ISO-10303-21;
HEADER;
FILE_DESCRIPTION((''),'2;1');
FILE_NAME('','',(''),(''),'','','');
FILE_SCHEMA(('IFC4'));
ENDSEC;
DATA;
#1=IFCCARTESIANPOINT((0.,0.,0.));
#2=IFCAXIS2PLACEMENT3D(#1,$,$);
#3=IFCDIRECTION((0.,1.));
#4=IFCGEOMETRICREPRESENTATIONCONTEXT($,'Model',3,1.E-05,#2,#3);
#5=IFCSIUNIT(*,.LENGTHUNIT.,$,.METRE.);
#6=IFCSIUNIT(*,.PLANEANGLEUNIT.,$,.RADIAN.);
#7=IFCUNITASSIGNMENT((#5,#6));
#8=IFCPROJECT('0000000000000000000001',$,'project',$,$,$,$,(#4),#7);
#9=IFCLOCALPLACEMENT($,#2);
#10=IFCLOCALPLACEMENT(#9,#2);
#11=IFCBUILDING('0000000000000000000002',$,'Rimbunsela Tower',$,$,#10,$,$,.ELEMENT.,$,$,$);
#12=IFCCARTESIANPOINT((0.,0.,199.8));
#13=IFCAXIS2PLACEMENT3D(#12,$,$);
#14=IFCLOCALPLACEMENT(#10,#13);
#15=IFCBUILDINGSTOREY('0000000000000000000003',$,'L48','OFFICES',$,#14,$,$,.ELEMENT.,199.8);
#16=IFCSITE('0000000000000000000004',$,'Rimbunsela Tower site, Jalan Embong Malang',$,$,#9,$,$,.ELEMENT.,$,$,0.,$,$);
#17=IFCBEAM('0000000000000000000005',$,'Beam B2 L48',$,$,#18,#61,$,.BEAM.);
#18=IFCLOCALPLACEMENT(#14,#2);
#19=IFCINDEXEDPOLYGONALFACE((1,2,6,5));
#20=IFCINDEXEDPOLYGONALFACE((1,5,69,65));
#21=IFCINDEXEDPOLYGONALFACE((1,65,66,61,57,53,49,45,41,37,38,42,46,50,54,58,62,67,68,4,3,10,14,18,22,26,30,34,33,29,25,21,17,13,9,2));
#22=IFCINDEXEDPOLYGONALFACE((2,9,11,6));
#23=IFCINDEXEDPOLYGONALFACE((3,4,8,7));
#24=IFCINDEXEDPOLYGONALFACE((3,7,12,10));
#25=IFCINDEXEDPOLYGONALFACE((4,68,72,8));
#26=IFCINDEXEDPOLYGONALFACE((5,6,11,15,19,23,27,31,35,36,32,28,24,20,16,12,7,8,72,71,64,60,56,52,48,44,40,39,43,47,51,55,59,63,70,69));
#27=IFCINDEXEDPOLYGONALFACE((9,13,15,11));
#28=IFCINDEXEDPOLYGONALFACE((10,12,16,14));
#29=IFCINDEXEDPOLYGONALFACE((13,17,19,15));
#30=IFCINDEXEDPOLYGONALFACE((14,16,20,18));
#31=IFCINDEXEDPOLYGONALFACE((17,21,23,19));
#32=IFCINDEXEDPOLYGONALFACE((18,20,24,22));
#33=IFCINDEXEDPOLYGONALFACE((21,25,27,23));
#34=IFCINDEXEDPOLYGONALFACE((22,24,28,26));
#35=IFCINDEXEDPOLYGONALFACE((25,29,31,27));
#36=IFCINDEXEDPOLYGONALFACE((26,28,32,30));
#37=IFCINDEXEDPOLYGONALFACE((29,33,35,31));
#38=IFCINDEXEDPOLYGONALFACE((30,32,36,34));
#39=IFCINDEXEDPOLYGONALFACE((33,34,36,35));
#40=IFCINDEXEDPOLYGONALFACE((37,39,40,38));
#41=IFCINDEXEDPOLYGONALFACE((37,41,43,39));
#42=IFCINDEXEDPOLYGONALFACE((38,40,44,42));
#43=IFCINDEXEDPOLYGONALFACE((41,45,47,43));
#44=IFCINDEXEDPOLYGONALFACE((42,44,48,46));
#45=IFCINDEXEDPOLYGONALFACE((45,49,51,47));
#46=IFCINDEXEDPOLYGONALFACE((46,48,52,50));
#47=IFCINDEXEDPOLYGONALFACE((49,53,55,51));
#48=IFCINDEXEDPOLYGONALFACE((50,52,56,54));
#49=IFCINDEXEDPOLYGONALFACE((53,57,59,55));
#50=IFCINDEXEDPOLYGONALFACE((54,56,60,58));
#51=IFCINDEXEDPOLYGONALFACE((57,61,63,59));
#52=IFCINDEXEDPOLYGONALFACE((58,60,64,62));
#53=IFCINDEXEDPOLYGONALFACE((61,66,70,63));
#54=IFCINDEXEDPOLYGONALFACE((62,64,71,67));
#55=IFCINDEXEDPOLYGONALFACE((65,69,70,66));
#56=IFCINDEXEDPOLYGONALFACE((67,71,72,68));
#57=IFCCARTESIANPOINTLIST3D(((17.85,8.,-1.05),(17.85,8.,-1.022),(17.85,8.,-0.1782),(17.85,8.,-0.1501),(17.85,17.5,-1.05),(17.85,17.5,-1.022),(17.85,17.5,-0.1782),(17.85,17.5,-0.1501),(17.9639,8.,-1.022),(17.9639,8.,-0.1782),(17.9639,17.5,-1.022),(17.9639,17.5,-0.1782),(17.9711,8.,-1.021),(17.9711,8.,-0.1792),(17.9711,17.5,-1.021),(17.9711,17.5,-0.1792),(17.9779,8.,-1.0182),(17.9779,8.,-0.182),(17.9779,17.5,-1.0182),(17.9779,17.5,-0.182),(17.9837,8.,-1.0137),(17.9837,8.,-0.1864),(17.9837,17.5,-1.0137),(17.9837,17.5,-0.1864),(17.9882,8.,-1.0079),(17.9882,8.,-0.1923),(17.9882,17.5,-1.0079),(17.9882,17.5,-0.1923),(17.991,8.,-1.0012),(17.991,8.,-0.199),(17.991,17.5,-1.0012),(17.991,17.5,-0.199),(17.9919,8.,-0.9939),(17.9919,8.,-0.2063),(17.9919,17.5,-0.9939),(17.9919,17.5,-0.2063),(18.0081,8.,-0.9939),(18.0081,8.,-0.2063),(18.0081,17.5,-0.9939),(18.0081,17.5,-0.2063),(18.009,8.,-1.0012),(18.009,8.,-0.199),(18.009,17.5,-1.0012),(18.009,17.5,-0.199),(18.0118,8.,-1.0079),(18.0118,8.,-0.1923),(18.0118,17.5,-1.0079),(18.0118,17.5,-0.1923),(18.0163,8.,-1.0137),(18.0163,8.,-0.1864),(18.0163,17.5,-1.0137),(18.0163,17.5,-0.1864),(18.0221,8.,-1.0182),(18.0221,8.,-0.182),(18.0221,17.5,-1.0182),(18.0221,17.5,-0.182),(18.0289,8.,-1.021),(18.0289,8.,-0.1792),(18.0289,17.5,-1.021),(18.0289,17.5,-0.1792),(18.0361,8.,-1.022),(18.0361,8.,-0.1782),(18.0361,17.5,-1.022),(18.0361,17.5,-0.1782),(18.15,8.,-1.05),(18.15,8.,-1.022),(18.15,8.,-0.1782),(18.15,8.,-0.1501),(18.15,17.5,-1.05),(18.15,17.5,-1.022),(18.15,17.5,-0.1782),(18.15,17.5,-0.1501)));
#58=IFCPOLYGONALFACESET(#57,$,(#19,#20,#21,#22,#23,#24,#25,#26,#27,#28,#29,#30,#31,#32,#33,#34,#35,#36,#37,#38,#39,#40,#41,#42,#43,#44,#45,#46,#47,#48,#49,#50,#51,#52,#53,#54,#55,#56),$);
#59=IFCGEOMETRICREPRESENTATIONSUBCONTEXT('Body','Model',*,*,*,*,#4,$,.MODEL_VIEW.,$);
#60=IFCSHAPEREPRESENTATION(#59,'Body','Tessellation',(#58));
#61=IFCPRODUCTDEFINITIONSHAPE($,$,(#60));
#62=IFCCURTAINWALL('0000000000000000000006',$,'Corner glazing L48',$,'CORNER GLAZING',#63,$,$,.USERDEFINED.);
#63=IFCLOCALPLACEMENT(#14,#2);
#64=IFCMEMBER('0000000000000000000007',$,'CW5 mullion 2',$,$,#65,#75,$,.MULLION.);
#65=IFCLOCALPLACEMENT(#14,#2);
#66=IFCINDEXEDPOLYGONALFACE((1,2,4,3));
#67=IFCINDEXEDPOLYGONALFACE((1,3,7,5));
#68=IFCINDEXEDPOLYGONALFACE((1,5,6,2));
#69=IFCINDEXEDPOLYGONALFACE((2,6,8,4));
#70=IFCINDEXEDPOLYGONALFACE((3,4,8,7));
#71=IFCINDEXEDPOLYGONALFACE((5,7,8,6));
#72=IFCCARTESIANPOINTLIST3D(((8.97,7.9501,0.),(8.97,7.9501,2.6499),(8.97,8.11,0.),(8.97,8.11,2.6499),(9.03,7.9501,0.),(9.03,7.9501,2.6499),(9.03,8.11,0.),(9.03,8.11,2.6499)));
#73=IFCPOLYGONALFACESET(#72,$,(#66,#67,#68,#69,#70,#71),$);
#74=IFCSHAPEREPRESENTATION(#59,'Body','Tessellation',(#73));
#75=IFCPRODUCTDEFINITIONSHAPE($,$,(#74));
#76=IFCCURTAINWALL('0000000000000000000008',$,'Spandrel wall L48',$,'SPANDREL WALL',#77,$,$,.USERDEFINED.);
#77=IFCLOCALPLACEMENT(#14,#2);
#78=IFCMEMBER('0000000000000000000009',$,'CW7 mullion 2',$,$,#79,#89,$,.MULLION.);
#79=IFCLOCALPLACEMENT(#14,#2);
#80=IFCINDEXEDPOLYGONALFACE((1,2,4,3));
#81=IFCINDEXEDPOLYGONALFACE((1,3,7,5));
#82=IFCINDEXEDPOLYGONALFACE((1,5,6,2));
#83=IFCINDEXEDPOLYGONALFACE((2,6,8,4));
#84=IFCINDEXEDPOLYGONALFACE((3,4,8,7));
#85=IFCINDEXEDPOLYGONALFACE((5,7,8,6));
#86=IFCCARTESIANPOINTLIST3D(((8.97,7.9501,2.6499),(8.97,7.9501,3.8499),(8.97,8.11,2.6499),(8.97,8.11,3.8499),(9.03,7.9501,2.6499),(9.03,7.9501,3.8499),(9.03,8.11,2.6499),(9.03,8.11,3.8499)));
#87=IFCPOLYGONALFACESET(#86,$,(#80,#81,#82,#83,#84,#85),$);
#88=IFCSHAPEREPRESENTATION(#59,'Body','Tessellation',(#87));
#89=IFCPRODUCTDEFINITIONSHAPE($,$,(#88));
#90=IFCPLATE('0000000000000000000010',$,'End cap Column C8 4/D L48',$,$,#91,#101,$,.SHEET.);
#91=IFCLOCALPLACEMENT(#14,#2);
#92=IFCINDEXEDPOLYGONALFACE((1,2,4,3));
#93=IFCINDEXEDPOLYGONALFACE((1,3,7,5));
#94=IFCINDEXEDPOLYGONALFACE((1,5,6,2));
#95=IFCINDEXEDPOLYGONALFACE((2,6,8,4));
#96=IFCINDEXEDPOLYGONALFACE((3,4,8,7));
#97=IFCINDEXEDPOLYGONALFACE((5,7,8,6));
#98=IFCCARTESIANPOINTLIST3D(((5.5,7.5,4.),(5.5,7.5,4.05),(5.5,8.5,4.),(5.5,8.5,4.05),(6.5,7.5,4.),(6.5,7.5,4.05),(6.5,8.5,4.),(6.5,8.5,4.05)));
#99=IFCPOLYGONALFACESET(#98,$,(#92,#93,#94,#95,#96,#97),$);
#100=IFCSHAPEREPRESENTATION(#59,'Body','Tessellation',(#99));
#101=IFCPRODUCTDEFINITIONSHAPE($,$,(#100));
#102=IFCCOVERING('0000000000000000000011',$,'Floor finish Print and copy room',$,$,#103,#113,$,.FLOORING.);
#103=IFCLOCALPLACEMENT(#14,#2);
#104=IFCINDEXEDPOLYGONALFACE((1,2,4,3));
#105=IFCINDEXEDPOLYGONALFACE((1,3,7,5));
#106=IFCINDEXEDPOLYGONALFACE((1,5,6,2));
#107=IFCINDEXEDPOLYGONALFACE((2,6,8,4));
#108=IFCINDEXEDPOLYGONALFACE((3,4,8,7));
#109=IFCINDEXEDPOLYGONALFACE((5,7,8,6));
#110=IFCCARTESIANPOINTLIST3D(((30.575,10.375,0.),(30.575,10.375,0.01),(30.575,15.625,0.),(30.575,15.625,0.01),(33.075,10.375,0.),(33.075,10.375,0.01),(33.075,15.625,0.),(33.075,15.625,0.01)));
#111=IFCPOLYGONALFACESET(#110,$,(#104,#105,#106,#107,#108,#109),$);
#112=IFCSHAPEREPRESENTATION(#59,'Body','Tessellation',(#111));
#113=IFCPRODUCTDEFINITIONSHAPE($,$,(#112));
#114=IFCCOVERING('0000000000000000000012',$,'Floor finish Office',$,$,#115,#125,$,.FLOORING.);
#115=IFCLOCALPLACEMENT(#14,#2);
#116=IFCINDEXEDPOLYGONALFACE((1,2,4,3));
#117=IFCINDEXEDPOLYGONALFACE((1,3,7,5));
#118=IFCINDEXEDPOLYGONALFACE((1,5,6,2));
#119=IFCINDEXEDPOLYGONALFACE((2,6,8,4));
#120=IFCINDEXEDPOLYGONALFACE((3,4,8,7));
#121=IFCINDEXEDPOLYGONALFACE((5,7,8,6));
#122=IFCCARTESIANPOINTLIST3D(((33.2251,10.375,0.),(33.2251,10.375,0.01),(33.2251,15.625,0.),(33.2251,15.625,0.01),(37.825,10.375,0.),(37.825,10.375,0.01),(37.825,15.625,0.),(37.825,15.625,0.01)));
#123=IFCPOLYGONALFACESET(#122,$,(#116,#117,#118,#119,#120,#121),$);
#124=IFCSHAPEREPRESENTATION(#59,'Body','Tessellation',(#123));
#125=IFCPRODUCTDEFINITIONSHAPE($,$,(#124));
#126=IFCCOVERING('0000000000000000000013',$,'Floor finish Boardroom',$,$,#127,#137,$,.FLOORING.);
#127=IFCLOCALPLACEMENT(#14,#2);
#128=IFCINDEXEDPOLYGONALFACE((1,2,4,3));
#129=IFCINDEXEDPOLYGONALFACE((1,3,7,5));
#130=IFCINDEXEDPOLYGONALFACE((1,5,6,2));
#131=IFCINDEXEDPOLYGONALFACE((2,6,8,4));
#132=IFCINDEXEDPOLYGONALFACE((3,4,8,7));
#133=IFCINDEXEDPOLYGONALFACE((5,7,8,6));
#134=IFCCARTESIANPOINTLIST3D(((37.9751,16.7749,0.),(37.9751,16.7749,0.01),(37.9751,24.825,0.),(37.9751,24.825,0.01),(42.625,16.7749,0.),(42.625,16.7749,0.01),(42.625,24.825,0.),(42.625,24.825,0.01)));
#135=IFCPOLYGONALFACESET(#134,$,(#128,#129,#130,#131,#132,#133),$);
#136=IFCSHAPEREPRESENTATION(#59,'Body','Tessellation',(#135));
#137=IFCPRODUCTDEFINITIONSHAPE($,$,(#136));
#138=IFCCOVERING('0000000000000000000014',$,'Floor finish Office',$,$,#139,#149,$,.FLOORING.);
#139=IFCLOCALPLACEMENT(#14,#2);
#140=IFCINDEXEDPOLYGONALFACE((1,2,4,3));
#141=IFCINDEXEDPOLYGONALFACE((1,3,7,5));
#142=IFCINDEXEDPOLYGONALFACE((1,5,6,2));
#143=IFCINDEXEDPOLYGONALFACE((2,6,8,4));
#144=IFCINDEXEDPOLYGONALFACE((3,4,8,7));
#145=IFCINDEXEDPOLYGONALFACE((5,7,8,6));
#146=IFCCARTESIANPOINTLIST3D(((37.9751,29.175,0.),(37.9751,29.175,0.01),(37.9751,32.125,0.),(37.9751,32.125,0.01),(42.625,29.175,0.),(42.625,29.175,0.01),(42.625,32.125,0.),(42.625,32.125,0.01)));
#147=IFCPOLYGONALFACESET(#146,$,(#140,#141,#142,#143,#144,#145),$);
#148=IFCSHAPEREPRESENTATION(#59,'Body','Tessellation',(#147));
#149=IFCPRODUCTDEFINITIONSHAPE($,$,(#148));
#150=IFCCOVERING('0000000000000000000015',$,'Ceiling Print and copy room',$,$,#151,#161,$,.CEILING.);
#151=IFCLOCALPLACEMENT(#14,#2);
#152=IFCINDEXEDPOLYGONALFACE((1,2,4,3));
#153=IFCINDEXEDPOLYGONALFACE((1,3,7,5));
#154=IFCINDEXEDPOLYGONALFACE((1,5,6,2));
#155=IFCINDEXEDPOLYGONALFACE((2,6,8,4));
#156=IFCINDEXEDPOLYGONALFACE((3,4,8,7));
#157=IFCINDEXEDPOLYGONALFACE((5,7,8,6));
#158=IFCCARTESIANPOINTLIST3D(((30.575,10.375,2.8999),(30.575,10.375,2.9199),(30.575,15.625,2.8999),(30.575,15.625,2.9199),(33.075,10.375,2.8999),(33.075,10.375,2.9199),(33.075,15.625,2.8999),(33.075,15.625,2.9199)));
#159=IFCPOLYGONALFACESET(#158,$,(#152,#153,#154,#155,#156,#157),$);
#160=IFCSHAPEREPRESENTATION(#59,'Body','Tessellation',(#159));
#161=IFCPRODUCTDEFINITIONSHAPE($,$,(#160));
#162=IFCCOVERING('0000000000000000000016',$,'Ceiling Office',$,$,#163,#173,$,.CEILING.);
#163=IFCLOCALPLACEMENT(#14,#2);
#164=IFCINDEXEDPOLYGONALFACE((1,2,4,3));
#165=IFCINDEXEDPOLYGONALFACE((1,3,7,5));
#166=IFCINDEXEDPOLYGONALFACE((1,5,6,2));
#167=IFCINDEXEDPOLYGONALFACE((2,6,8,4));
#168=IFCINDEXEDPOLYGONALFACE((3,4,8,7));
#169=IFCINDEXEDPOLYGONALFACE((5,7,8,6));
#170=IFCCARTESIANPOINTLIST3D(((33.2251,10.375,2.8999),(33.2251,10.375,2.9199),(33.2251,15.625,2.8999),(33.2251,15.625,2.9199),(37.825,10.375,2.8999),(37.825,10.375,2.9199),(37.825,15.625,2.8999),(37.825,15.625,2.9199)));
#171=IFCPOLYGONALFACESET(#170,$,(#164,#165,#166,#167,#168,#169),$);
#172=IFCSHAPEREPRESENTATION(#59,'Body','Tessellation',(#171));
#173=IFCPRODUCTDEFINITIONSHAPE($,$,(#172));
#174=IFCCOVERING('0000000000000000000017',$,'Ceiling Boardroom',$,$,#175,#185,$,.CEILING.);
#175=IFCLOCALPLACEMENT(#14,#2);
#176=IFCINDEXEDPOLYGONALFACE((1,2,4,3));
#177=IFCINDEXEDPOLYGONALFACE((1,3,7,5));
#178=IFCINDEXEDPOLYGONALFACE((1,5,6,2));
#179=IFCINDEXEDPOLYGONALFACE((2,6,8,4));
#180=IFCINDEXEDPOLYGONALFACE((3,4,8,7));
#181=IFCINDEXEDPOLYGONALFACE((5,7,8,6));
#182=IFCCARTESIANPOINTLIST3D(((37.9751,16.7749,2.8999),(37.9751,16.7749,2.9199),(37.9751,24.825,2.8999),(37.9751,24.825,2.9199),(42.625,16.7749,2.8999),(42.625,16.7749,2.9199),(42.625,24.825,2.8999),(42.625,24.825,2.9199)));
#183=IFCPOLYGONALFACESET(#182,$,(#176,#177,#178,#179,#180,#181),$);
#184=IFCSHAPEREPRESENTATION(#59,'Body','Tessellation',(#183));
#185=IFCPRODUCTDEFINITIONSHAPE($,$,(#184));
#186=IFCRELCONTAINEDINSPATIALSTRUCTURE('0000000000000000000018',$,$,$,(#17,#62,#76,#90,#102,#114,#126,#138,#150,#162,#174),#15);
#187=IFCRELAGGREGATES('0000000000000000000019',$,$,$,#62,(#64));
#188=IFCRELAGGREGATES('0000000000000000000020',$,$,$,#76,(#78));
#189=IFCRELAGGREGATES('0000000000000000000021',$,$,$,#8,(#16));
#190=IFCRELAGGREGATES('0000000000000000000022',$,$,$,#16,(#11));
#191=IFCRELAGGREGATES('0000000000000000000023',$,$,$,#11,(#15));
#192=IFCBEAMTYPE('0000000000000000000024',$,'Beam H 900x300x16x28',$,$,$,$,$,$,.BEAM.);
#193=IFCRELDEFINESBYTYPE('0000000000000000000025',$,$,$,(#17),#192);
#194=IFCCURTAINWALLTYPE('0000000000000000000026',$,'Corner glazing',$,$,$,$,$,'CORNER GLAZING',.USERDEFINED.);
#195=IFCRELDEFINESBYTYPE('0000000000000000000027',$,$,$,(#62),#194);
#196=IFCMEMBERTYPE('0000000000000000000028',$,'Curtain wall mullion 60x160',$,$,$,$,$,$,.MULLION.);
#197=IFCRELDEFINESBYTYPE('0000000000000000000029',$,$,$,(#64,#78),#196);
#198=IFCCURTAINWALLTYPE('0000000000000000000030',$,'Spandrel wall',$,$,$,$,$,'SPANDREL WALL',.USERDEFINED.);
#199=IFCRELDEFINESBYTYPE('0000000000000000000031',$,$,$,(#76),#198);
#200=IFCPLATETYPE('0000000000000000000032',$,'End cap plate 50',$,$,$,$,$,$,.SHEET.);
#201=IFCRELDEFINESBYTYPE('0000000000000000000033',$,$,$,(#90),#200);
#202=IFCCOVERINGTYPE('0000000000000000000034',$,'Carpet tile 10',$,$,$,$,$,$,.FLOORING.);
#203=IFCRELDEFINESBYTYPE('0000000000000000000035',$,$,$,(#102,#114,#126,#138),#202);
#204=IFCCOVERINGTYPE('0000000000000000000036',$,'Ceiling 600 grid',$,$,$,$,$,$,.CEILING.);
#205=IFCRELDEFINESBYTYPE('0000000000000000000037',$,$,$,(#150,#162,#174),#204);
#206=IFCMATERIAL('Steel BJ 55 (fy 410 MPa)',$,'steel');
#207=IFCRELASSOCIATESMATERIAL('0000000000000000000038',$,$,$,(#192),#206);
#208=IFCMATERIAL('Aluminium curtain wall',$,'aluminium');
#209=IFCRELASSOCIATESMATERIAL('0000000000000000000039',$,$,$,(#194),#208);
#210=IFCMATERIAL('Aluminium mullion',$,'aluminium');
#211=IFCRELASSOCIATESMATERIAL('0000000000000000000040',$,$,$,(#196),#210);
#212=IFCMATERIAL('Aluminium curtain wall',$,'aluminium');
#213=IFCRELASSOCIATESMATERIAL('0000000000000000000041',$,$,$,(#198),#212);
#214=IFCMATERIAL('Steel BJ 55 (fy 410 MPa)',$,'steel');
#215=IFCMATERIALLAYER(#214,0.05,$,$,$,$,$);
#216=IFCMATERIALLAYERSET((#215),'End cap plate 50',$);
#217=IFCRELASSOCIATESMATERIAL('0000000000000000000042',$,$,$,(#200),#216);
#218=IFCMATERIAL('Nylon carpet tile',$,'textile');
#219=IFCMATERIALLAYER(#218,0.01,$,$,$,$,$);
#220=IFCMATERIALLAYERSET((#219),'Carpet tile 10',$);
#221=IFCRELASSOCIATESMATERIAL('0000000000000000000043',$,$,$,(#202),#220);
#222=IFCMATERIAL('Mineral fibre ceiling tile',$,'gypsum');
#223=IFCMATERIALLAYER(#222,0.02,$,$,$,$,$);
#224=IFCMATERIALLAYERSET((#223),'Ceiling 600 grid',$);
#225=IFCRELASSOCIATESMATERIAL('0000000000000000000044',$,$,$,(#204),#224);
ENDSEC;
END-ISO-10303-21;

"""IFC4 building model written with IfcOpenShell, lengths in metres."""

from ifc_helpers import new_model, si_unit, direction, frame, origin, origin_2d, place, context, subcontext, project, spatial, polyline, rectangle, i_section, outline, extrude, material, layer, layer_set, material_profile, profile_set, type_object, element, aggregate, save


model = new_model("IFC4")

# Units and contexts
model_context = context("Model", 3, precision=1e-05, world=origin(), true_north=direction((0.0, 1.0)))
body_context = subcontext(model_context, "Body", "Model", "MODEL_VIEW")
ifc_project = project(units=[si_unit("LENGTHUNIT", "METRE"), si_unit("PLANEANGLEUNIT", "RADIAN")], contexts=[model_context])

# Site, building, storey
site_placement = place(None, origin())
site = spatial("IfcSite", under=ifc_project, at=site_placement, Name="Rimbunsela Tower site, Jalan Embong Malang", CompositionType="ELEMENT", RefElevation=0.0)
building_placement = place(site_placement, origin())
building = spatial("IfcBuilding", under=site, at=building_placement, Name="Rimbunsela Tower", CompositionType="ELEMENT")
storey_placement = place(building_placement, frame((0.0, 0.0, 199.8)))
storey = spatial("IfcBuildingStorey", under=building, at=storey_placement, Name="L48", Description="OFFICES", CompositionType="ELEMENT", Elevation=199.8)

# Beam
ifc_material_1 = material(Name="Steel BJ 55 (fy 410 MPa)", Category="steel")
ifc_material_profile_1 = material_profile(ifc_material_1, i_section(OverallWidth=0.3, OverallDepth=0.8999, WebThickness=0.0161, FlangeThickness=0.0281, FilletRadius=0.0281, at=origin_2d()), Name="H 900x300x16x28")
ifc_profile_set_1 = profile_set([ifc_material_profile_1], Name="Steel BJ 55 (fy 410 MPa)")
beam_type_1 = type_object("IfcBeamType", Name="Beam H 900x300x16x28", PredefinedType="BEAM", material=ifc_profile_set_1)
beam_1_placement = place(storey_placement, frame((18.0, 8.0, -0.6001), z_axis=(0.0, 1.0, 0.0), x_axis=(-1.0, 0.0, 0.0)))
element("IfcBeam", 1, at=beam_1_placement, inside=storey, type_object=beam_type_1, Name="Beam B2 L48", PredefinedType="BEAM", context=body_context, shape_type="SweptSolid", body=[
    extrude(i_section(OverallWidth=0.3, OverallDepth=0.8999, WebThickness=0.0161, FlangeThickness=0.0281, FilletRadius=0.0281, at=origin_2d()), origin(), (0.0, 0.0, 1.0), 9.5),
])

# Curtain walls, members
ifc_material_2 = material(Name="Aluminium curtain wall", Category="aluminium")
curtain_wall_type_1 = type_object("IfcCurtainWallType", Name="Corner glazing", ElementType="CORNER GLAZING", PredefinedType="USERDEFINED", material=ifc_material_2)
curtain_wall_1_placement = place(storey_placement, origin())
curtain_wall_1 = element("IfcCurtainWall", 2, at=curtain_wall_1_placement, inside=storey, type_object=curtain_wall_type_1, Name="Corner glazing L48", ObjectType="CORNER GLAZING", PredefinedType="USERDEFINED")
ifc_material_3 = material(Name="Aluminium mullion", Category="aluminium")
ifc_material_profile_2 = material_profile(ifc_material_3, rectangle(XDim=0.0601, YDim=0.1599, at=origin_2d()), Name="Mullion 60x160")
ifc_profile_set_2 = profile_set([ifc_material_profile_2], Name="Aluminium mullion")
member_type = type_object("IfcMemberType", Name="Curtain wall mullion 60x160", PredefinedType="MULLION", material=ifc_profile_set_2)
member_1_placement = place(storey_placement, frame((9.0, 8.03, 0.0), z_axis=(0.0, 0.0, 1.0), x_axis=(1.0, 0.0, 0.0)))
member_1 = element("IfcMember", 3, at=member_1_placement, type_object=member_type, Name="CW5 mullion 2", PredefinedType="MULLION", context=body_context, shape_type="SweptSolid", body=[
    extrude(rectangle(XDim=0.0601, YDim=0.1599, at=origin_2d()), origin(), (0.0, 0.0, 1.0), 2.6499),
])
aggregate(curtain_wall_1, [member_1])
ifc_material_4 = material(Name="Aluminium curtain wall", Category="aluminium")
curtain_wall_type_2 = type_object("IfcCurtainWallType", Name="Spandrel wall", ElementType="SPANDREL WALL", PredefinedType="USERDEFINED", material=ifc_material_4)
curtain_wall_2_placement = place(storey_placement, origin())
curtain_wall_2 = element("IfcCurtainWall", 4, at=curtain_wall_2_placement, inside=storey, type_object=curtain_wall_type_2, Name="Spandrel wall L48", ObjectType="SPANDREL WALL", PredefinedType="USERDEFINED")
member_2_placement = place(storey_placement, frame((9.0, 8.03, 2.6499), z_axis=(0.0, 0.0, 1.0), x_axis=(1.0, 0.0, 0.0)))
member_2 = element("IfcMember", 5, at=member_2_placement, type_object=member_type, Name="CW7 mullion 2", PredefinedType="MULLION", context=body_context, shape_type="SweptSolid", body=[
    extrude(rectangle(XDim=0.0601, YDim=0.1599, at=origin_2d()), origin(), (0.0, 0.0, 1.0), 1.2),
])
aggregate(curtain_wall_2, [member_2])

# Plate
ifc_material_5 = material(Name="Steel BJ 55 (fy 410 MPa)", Category="steel")
ifc_layer_1 = layer(ifc_material_5, 0.05)
ifc_layer_set_1 = layer_set([ifc_layer_1], Name="End cap plate 50")
plate_type = type_object("IfcPlateType", Name="End cap plate 50", PredefinedType="SHEET", material=ifc_layer_set_1)
plate_placement = place(storey_placement, frame((6.0, 8.0, 4.0), z_axis=(0.0, 0.0, 1.0), x_axis=(1.0, 0.0, 0.0)))
element("IfcPlate", 6, at=plate_placement, inside=storey, type_object=plate_type, Name="End cap Column C8 4/D L48", PredefinedType="SHEET", context=body_context, shape_type="SweptSolid", body=[
    extrude(rectangle(XDim=1.0, YDim=1.0, at=origin_2d()), origin(), (0.0, 0.0, 1.0), 0.05),
])

# Coverings
ifc_material_6 = material(Name="Nylon carpet tile", Category="textile")
ifc_layer_2 = layer(ifc_material_6, 0.01)
ifc_layer_set_2 = layer_set([ifc_layer_2], Name="Carpet tile 10")
covering_type_1 = type_object("IfcCoveringType", Name="Carpet tile 10", PredefinedType="FLOORING", material=ifc_layer_set_2)
covering_1_placement = place(storey_placement, origin())
element("IfcCovering", 7, at=covering_1_placement, inside=storey, type_object=covering_type_1, Name="Floor finish Print and copy room", PredefinedType="FLOORING", context=body_context, shape_type="SweptSolid", body=[
    extrude(outline(polyline([(33.075, 10.375), (33.075, 15.625), (30.575, 15.625), (30.575, 10.375), (33.075, 10.375)])), origin(), (0.0, 0.0, 1.0), 0.01),
])
covering_2_placement = place(storey_placement, origin())
element("IfcCovering", 8, at=covering_2_placement, inside=storey, type_object=covering_type_1, Name="Floor finish Office", PredefinedType="FLOORING", context=body_context, shape_type="SweptSolid", body=[
    extrude(outline(polyline([(37.825, 10.375), (37.825, 15.625), (33.2251, 15.625), (33.2251, 10.375), (37.825, 10.375)])), origin(), (0.0, 0.0, 1.0), 0.01),
])
covering_3_placement = place(storey_placement, origin())
element("IfcCovering", 9, at=covering_3_placement, inside=storey, type_object=covering_type_1, Name="Floor finish Boardroom", PredefinedType="FLOORING", context=body_context, shape_type="SweptSolid", body=[
    extrude(outline(polyline([(42.625, 16.7749), (42.625, 24.825), (37.9751, 24.825), (37.9751, 16.7749), (42.625, 16.7749)])), origin(), (0.0, 0.0, 1.0), 0.01),
])
covering_4_placement = place(storey_placement, origin())
element("IfcCovering", 10, at=covering_4_placement, inside=storey, type_object=covering_type_1, Name="Floor finish Office", PredefinedType="FLOORING", context=body_context, shape_type="SweptSolid", body=[
    extrude(outline(polyline([(42.625, 29.175), (42.625, 32.125), (37.9751, 32.125), (37.9751, 29.175), (42.625, 29.175)])), origin(), (0.0, 0.0, 1.0), 0.01),
])
ifc_material_7 = material(Name="Mineral fibre ceiling tile", Category="gypsum")
ifc_layer_3 = layer(ifc_material_7, 0.02)
ifc_layer_set_3 = layer_set([ifc_layer_3], Name="Ceiling 600 grid")
covering_type_2 = type_object("IfcCoveringType", Name="Ceiling 600 grid", PredefinedType="CEILING", material=ifc_layer_set_3)
covering_5_placement = place(storey_placement, frame((0.0, 0.0, 2.8999)))
element("IfcCovering", 11, at=covering_5_placement, inside=storey, type_object=covering_type_2, Name="Ceiling Print and copy room", PredefinedType="CEILING", context=body_context, shape_type="SweptSolid", body=[
    extrude(outline(polyline([(33.075, 10.375), (33.075, 15.625), (30.575, 15.625), (30.575, 10.375), (33.075, 10.375)])), origin(), (0.0, 0.0, 1.0), 0.02),
])
covering_6_placement = place(storey_placement, frame((0.0, 0.0, 2.8999)))
element("IfcCovering", 12, at=covering_6_placement, inside=storey, type_object=covering_type_2, Name="Ceiling Office", PredefinedType="CEILING", context=body_context, shape_type="SweptSolid", body=[
    extrude(outline(polyline([(37.825, 10.375), (37.825, 15.625), (33.2251, 15.625), (33.2251, 10.375), (37.825, 10.375)])), origin(), (0.0, 0.0, 1.0), 0.02),
])
covering_7_placement = place(storey_placement, frame((0.0, 0.0, 2.8999)))
element("IfcCovering", 13, at=covering_7_placement, inside=storey, type_object=covering_type_2, Name="Ceiling Boardroom", PredefinedType="CEILING", context=body_context, shape_type="SweptSolid", body=[
    extrude(outline(polyline([(42.625, 16.7749), (42.625, 24.825), (37.9751, 24.825), (37.9751, 16.7749), (42.625, 16.7749)])), origin(), (0.0, 0.0, 1.0), 0.02),
])

save(model, "model.ifc")
